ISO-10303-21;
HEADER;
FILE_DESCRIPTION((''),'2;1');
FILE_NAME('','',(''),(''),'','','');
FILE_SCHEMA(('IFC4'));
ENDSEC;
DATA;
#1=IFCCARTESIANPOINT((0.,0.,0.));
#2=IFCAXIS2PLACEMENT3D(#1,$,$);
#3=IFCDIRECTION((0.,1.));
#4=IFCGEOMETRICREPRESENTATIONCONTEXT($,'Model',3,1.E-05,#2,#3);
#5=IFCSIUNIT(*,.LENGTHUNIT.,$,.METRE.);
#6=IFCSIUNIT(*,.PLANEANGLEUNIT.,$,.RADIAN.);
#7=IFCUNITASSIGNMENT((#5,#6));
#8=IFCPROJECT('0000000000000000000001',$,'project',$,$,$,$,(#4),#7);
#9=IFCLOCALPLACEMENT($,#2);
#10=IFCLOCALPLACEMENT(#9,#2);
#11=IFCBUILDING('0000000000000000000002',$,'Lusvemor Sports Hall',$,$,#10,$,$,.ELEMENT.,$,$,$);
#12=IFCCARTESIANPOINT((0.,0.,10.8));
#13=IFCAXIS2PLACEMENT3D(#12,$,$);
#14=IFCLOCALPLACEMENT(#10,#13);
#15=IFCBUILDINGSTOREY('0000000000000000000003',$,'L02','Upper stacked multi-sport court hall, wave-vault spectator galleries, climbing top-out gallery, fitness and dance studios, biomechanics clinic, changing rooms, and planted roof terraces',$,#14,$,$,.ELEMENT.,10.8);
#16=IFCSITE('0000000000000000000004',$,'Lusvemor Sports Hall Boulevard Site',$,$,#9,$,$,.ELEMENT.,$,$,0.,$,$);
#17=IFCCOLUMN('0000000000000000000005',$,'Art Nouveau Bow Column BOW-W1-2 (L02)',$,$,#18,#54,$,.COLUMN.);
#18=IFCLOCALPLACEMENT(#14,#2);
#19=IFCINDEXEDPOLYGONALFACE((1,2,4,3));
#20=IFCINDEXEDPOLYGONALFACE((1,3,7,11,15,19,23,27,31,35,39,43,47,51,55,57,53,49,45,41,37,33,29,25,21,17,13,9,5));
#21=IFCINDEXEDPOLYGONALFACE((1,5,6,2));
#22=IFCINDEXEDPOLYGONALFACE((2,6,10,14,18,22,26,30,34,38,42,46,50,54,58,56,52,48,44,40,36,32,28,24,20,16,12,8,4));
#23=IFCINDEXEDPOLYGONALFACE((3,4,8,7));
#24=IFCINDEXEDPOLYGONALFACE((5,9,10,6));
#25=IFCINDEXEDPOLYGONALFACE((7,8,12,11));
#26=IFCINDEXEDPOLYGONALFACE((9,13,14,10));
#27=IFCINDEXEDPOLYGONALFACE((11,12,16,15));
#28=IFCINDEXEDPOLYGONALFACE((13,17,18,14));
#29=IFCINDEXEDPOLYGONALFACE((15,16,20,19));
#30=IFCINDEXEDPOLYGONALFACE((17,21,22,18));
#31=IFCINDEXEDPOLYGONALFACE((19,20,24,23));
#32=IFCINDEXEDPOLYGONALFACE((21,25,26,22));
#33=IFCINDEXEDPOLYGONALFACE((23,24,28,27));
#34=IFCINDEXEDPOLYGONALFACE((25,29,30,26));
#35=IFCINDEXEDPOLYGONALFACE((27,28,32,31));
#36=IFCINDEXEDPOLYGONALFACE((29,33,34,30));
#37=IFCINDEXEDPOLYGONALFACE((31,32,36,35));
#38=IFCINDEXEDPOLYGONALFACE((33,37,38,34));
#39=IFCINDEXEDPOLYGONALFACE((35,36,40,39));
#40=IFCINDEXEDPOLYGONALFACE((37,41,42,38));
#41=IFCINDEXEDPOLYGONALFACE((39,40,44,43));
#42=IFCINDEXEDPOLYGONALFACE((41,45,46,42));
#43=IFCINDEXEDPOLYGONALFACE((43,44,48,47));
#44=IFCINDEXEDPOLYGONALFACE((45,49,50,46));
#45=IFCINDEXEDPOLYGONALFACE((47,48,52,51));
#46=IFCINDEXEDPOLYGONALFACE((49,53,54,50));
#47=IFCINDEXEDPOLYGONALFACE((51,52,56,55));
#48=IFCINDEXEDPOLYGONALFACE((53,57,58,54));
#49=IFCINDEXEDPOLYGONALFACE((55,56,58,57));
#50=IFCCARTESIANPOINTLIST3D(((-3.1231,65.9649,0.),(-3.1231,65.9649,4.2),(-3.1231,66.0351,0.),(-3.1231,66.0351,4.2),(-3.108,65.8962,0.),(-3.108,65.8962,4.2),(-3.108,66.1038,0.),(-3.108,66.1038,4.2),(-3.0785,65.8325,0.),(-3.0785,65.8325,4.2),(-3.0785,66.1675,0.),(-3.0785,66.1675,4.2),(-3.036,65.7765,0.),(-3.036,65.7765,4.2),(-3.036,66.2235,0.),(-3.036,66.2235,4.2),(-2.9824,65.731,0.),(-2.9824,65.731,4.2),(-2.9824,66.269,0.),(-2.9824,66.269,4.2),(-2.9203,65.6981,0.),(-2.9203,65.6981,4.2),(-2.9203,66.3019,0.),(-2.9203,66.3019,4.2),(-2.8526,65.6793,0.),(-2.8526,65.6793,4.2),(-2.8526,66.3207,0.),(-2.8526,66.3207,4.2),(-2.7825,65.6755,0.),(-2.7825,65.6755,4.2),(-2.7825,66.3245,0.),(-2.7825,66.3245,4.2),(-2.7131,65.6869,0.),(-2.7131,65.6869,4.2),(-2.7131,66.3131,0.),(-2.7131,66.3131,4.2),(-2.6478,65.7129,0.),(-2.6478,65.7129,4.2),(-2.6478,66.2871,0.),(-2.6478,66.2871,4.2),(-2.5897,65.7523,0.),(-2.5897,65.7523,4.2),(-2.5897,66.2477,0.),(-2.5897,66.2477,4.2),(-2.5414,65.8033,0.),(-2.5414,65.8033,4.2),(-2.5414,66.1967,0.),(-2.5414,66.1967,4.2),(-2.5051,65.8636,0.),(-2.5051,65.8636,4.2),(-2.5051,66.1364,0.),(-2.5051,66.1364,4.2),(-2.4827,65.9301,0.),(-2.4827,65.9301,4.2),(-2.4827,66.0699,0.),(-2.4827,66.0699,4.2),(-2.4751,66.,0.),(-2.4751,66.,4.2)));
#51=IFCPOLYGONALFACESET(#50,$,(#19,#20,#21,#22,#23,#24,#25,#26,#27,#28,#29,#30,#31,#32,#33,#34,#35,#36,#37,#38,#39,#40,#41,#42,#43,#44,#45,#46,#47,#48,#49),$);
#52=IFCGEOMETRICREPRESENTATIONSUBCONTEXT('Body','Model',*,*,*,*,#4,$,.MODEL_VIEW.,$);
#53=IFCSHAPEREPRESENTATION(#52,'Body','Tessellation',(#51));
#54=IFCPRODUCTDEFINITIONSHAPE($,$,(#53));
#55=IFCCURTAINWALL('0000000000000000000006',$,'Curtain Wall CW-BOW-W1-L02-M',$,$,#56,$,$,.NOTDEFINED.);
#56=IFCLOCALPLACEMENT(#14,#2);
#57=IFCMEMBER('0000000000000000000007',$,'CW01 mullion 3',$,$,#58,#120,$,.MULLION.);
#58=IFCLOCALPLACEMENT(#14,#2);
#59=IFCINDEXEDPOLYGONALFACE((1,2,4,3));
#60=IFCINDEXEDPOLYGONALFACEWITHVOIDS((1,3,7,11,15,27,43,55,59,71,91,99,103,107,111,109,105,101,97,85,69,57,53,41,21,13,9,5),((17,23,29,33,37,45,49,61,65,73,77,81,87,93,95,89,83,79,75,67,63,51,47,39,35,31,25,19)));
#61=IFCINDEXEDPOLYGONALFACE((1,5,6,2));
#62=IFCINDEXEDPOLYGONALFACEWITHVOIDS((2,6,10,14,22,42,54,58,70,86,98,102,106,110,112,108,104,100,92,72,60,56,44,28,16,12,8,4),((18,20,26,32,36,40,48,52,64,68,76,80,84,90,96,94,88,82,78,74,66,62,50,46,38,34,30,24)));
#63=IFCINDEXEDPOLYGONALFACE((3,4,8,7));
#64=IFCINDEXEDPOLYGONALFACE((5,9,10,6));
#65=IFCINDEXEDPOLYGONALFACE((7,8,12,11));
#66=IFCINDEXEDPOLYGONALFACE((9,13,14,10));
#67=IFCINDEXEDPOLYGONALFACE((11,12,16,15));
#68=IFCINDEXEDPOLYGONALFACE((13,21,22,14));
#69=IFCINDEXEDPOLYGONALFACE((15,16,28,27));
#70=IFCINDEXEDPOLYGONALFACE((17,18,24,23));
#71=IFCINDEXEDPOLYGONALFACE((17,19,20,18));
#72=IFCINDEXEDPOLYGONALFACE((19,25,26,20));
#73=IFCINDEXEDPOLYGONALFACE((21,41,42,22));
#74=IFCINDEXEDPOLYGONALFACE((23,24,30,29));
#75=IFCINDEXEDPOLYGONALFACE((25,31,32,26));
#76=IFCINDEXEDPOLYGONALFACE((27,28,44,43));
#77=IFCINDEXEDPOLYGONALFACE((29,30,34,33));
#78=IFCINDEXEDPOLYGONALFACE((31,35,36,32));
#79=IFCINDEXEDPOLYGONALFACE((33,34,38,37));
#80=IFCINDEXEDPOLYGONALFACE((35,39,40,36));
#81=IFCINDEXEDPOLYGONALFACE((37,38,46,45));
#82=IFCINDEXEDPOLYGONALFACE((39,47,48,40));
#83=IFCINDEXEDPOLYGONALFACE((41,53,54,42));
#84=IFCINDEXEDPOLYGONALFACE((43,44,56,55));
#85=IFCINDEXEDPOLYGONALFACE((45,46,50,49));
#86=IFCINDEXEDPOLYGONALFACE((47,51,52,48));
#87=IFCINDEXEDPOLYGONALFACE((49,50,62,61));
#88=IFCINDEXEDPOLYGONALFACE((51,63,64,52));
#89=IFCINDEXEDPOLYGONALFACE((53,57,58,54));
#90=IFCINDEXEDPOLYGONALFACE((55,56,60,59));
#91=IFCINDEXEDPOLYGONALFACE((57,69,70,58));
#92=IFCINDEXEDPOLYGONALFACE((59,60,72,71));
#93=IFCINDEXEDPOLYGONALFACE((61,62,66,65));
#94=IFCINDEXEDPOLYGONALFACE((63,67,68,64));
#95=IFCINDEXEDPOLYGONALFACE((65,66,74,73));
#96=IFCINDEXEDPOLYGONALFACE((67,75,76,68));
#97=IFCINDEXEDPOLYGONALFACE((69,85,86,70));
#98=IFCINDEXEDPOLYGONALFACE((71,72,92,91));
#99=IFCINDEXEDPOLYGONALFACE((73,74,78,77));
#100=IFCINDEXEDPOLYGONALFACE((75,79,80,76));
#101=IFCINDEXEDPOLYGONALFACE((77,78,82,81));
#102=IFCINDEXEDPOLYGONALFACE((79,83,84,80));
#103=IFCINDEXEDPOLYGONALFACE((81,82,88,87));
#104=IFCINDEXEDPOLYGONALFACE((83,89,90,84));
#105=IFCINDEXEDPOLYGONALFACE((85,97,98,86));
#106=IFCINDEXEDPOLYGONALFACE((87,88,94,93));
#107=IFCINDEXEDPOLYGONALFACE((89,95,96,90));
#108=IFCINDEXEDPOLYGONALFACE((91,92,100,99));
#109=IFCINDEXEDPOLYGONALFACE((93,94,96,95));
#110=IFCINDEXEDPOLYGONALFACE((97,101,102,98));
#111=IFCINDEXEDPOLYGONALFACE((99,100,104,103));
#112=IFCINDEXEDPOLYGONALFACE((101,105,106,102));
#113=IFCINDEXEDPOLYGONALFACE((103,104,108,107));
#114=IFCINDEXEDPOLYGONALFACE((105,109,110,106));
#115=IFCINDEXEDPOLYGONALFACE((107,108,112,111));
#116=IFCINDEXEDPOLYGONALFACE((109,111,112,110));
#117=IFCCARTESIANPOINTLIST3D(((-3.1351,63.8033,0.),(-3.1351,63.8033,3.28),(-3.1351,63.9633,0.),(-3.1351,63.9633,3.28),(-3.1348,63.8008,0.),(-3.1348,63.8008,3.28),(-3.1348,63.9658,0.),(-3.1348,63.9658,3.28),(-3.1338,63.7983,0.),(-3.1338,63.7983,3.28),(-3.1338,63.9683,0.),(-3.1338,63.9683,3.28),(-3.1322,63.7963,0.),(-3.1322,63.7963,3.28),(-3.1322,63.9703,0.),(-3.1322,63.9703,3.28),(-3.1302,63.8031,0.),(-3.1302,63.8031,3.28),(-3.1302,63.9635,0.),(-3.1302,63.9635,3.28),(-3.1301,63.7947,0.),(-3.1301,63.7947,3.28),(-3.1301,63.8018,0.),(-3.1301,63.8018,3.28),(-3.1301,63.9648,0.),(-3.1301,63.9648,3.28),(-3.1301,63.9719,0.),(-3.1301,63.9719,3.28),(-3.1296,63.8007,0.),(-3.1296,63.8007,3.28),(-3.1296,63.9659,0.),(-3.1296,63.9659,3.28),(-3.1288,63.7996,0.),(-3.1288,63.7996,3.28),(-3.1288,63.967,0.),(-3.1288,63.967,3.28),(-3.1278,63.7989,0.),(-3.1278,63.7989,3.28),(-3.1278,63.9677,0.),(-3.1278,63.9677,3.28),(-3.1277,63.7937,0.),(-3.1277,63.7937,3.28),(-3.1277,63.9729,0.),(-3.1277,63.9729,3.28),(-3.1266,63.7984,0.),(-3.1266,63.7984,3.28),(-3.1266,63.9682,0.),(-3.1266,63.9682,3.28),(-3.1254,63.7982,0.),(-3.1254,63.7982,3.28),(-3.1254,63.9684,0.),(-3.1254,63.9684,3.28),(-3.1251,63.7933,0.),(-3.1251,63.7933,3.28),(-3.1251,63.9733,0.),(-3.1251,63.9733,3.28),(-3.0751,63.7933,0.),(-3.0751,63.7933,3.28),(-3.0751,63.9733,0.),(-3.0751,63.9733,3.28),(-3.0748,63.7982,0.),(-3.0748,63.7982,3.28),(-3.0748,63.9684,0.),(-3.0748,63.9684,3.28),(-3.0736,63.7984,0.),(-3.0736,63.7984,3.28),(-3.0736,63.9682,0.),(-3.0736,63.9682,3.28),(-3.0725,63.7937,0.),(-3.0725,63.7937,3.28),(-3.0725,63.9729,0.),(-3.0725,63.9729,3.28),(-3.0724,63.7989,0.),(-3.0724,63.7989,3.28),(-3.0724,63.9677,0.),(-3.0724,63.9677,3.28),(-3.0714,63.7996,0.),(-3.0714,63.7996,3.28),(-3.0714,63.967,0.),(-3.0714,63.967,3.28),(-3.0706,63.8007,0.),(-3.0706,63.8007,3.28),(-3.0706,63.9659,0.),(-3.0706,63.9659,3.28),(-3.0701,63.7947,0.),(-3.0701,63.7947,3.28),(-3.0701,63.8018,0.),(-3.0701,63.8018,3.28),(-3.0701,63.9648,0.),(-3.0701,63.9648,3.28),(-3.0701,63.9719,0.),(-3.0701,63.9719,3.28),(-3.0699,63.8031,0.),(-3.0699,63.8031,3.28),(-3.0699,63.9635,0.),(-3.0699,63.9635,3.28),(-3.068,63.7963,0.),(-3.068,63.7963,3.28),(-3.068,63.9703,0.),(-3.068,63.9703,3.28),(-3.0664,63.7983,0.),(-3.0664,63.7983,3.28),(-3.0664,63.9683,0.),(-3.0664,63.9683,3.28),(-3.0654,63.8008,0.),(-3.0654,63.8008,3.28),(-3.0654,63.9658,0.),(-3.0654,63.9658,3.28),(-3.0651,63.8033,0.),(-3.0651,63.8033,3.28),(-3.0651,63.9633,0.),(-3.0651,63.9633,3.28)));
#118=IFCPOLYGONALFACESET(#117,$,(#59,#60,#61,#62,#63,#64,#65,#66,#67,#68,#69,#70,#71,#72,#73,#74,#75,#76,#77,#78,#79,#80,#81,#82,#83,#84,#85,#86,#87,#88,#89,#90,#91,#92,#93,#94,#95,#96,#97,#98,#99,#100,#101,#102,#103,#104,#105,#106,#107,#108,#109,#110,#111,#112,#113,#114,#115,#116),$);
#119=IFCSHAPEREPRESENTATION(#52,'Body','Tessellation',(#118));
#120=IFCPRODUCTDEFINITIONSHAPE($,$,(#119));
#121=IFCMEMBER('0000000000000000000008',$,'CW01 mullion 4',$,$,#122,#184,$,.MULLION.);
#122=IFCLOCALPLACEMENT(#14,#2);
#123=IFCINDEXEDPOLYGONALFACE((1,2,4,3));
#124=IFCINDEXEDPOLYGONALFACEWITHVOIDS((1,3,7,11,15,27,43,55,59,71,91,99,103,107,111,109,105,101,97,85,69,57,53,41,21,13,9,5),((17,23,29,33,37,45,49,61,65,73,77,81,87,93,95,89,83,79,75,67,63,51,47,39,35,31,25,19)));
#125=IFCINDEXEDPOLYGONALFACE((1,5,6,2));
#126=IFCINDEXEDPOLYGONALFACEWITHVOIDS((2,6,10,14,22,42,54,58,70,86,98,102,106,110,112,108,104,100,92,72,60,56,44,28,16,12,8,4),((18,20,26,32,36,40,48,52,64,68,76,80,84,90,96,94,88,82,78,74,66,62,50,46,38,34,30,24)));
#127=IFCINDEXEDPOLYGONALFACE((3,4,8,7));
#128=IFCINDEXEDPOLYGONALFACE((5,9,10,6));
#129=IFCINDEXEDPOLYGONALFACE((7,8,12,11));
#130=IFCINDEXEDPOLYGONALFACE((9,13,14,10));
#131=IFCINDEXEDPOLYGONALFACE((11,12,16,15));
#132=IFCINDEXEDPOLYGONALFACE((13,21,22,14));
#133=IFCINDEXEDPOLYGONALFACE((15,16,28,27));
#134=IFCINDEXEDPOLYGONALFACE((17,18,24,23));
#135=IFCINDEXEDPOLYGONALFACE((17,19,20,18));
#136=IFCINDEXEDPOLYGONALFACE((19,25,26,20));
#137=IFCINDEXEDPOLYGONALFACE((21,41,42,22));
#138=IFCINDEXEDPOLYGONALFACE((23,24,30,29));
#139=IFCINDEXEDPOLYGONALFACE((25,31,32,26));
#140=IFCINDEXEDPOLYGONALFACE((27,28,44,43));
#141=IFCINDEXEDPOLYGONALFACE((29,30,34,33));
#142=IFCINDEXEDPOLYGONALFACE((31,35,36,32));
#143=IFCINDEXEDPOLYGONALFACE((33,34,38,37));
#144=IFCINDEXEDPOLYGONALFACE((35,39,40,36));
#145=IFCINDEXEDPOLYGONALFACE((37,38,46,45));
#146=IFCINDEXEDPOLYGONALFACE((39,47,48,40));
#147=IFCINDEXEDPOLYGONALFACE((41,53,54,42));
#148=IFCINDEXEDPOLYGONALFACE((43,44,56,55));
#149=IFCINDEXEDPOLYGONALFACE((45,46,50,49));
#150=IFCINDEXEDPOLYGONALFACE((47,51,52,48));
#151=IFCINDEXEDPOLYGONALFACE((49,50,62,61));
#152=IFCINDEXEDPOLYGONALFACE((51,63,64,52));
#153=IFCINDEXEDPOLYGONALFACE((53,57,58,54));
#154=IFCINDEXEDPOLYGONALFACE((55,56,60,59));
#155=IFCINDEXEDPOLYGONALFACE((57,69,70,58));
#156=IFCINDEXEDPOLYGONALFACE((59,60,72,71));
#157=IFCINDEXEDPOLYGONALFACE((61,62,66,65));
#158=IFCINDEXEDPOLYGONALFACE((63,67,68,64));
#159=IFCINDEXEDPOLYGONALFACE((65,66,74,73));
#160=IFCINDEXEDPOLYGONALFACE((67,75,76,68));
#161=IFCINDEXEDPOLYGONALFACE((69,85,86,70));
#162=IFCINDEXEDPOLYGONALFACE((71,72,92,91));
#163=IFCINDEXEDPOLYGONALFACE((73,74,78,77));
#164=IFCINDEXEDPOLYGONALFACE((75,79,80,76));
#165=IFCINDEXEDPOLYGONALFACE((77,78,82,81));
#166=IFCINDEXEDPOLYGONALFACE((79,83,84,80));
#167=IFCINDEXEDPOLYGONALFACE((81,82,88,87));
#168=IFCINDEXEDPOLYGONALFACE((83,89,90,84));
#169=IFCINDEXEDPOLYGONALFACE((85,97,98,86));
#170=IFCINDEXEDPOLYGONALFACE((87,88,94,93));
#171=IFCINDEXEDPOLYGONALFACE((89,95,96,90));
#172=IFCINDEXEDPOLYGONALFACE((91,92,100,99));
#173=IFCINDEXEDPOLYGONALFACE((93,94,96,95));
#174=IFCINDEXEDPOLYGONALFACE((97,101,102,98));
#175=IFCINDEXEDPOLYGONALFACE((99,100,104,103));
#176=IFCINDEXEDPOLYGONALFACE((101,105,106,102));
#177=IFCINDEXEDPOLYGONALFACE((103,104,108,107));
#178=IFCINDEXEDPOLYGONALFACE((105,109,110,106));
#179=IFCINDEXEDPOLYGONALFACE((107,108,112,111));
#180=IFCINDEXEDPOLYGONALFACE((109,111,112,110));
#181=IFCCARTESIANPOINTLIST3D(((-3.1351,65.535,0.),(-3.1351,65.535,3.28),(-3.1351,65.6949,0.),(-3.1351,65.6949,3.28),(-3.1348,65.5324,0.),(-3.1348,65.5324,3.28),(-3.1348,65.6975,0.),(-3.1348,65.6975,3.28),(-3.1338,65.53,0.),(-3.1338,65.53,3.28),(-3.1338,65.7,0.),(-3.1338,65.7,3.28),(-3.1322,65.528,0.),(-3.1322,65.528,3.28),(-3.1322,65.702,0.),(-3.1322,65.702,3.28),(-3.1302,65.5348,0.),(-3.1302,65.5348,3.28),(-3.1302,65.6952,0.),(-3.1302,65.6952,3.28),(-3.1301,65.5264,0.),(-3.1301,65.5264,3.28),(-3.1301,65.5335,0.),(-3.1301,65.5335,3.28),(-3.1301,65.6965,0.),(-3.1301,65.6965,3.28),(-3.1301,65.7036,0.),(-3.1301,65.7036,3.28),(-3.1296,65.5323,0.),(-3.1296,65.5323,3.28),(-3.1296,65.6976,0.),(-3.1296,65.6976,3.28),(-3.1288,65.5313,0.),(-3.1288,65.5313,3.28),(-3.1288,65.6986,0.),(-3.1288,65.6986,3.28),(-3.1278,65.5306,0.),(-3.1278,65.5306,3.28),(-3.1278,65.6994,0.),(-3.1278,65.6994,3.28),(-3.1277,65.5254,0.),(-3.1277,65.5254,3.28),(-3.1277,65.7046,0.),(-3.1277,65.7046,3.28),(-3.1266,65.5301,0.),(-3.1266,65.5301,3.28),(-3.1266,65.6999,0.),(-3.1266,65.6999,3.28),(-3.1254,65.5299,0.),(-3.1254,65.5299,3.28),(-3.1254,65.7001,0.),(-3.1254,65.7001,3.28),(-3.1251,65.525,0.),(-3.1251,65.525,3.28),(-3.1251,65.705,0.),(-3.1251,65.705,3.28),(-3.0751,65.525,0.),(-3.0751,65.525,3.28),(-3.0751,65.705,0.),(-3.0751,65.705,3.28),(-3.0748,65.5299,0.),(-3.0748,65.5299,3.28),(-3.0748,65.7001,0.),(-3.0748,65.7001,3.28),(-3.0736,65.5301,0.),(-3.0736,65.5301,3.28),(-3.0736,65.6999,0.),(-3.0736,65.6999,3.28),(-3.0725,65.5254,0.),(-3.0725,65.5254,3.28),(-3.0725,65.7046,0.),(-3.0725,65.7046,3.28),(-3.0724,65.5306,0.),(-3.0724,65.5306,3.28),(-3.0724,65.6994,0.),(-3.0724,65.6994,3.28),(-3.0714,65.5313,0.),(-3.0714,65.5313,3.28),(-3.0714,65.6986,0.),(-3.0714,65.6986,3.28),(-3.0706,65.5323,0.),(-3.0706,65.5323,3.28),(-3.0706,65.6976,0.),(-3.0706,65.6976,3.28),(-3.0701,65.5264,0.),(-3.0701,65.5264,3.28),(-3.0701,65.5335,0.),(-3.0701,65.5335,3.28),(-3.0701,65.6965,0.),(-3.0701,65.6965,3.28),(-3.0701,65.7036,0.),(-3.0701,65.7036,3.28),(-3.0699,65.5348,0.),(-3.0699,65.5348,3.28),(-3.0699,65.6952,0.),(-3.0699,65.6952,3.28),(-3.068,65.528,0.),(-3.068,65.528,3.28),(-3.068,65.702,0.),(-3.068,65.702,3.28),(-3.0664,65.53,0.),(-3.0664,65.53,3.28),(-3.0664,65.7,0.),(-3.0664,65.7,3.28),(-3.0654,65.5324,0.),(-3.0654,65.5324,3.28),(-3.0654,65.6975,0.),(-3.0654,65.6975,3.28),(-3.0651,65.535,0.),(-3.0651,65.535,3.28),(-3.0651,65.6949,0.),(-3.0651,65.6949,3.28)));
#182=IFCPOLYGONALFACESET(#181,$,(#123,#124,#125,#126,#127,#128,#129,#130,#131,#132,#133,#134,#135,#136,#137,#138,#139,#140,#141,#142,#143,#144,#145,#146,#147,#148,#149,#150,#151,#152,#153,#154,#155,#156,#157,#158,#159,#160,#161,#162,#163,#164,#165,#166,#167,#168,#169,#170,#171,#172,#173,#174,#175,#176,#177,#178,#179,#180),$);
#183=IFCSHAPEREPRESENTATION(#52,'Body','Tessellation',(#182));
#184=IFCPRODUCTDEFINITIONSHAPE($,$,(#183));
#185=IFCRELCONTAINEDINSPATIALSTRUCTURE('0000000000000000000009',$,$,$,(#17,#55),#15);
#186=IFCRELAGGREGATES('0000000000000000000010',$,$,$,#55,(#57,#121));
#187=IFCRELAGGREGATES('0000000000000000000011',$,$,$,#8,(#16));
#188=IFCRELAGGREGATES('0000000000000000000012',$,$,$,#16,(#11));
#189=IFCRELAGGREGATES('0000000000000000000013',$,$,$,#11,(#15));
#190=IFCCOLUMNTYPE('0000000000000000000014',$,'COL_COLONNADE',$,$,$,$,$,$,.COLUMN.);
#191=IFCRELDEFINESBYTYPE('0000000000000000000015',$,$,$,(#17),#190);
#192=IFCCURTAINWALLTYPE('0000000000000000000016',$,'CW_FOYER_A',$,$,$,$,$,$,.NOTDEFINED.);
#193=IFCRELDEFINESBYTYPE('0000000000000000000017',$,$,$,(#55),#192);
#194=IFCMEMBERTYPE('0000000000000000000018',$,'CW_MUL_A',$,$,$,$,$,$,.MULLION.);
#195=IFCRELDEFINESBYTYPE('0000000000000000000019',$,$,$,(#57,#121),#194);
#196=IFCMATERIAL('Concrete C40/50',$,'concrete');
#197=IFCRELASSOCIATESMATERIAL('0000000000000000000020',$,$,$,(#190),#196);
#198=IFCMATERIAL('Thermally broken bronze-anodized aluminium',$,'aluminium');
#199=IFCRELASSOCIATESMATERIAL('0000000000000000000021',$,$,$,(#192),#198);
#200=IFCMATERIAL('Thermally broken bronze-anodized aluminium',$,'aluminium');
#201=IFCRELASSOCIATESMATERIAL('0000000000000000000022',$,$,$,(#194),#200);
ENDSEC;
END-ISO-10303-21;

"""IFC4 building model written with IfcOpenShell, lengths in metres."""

from ifc_helpers import new_model, si_unit, direction, frame, origin, origin_2d, place, context, subcontext, project, spatial, hollow_rectangle, circle, extrude, material, material_profile, profile_set, type_object, element, aggregate, save


model = new_model("IFC4")

# Units and contexts
model_context = context("Model", 3, precision=1e-05, world=origin(), true_north=direction((0.0, 1.0)))
body_context = subcontext(model_context, "Body", "Model", "MODEL_VIEW")
ifc_project = project(units=[si_unit("LENGTHUNIT", "METRE"), si_unit("PLANEANGLEUNIT", "RADIAN")], contexts=[model_context])

# Site, building, storey
site_placement = place(None, origin())
site = spatial("IfcSite", under=ifc_project, at=site_placement, Name="Lusvemor Sports Hall Boulevard Site", CompositionType="ELEMENT", RefElevation=0.0)
building_placement = place(site_placement, origin())
building = spatial("IfcBuilding", under=site, at=building_placement, Name="Lusvemor Sports Hall", CompositionType="ELEMENT")
storey_placement = place(building_placement, frame((0.0, 0.0, 10.8)))
storey = spatial("IfcBuildingStorey", under=building, at=storey_placement, Name="L02", Description="Upper stacked multi-sport court hall, wave-vault spectator galleries, climbing top-out gallery, fitness and dance studios, biomechanics clinic, changing rooms, and planted roof terraces", CompositionType="ELEMENT", Elevation=10.8)

# Column
ifc_material_1 = material(Name="Concrete C40/50", Category="concrete")
ifc_material_profile_1 = material_profile(ifc_material_1, circle(Radius=0.325, at=origin_2d()), Name="RCCIRC650")
ifc_profile_set_1 = profile_set([ifc_material_profile_1], Name="Concrete C40/50")
column_type = type_object("IfcColumnType", Name="COL_COLONNADE", PredefinedType="COLUMN", material=ifc_profile_set_1)
column_placement = place(storey_placement, frame((-2.8, 66.0, 0.0), z_axis=(0.0, 0.0, 1.0), x_axis=(1.0, 0.0, 0.0)))
element("IfcColumn", 1, at=column_placement, inside=storey, type_object=column_type, Name="Art Nouveau Bow Column BOW-W1-2 (L02)", PredefinedType="COLUMN", context=body_context, shape_type="SweptSolid", body=[
    extrude(circle(Radius=0.325, at=origin_2d()), origin(), (0.0, 0.0, 1.0), 4.2),
])

# Curtain wall, members
ifc_material_2 = material(Name="Thermally broken bronze-anodized aluminium", Category="aluminium")
curtain_wall_type_1 = type_object("IfcCurtainWallType", Name="CW_FOYER_A", PredefinedType="NOTDEFINED", material=ifc_material_2)
curtain_wall_1_placement = place(storey_placement, origin())
curtain_wall_1 = element("IfcCurtainWall", 2, at=curtain_wall_1_placement, inside=storey, type_object=curtain_wall_type_1, Name="Curtain Wall CW-BOW-W1-L02-M", PredefinedType="NOTDEFINED")
ifc_material_3 = material(Name="Thermally broken bronze-anodized aluminium", Category="aluminium")
ifc_material_profile_2 = material_profile(ifc_material_3, hollow_rectangle(XDim=0.0701, YDim=0.1799, WallThickness=0.0049, InnerFilletRadius=0.0049, OuterFilletRadius=0.01, at=origin_2d()), Name="CWMUL180x70x5")
ifc_profile_set_2 = profile_set([ifc_material_profile_2], Name="Thermally broken bronze-anodized aluminium")
member_type_1 = type_object("IfcMemberType", Name="CW_MUL_A", PredefinedType="MULLION", material=ifc_profile_set_2)
member_1_placement = place(storey_placement, frame((-3.1001, 63.8833, 0.0), z_axis=(0.0, 0.0, 1.0), x_axis=(-1.0, 0.0, 0.0)))
member_1 = element("IfcMember", 3, at=member_1_placement, type_object=member_type_1, Name="CW01 mullion 3", PredefinedType="MULLION", context=body_context, shape_type="SweptSolid", body=[
    extrude(hollow_rectangle(XDim=0.0701, YDim=0.1799, WallThickness=0.0049, InnerFilletRadius=0.0049, OuterFilletRadius=0.01, at=origin_2d()), origin(), (0.0, 0.0, 1.0), 3.28),
])
member_2_placement = place(storey_placement, frame((-3.1001, 65.615, 0.0), z_axis=(0.0, 0.0, 1.0), x_axis=(-1.0, 0.0, 0.0)))
member_2 = element("IfcMember", 4, at=member_2_placement, type_object=member_type_1, Name="CW01 mullion 4", PredefinedType="MULLION", context=body_context, shape_type="SweptSolid", body=[
    extrude(hollow_rectangle(XDim=0.0701, YDim=0.1799, WallThickness=0.0049, InnerFilletRadius=0.0049, OuterFilletRadius=0.01, at=origin_2d()), origin(), (0.0, 0.0, 1.0), 3.28),
])

aggregate(curtain_wall_1, [member_1, member_2])

save(model, "model.ifc")
